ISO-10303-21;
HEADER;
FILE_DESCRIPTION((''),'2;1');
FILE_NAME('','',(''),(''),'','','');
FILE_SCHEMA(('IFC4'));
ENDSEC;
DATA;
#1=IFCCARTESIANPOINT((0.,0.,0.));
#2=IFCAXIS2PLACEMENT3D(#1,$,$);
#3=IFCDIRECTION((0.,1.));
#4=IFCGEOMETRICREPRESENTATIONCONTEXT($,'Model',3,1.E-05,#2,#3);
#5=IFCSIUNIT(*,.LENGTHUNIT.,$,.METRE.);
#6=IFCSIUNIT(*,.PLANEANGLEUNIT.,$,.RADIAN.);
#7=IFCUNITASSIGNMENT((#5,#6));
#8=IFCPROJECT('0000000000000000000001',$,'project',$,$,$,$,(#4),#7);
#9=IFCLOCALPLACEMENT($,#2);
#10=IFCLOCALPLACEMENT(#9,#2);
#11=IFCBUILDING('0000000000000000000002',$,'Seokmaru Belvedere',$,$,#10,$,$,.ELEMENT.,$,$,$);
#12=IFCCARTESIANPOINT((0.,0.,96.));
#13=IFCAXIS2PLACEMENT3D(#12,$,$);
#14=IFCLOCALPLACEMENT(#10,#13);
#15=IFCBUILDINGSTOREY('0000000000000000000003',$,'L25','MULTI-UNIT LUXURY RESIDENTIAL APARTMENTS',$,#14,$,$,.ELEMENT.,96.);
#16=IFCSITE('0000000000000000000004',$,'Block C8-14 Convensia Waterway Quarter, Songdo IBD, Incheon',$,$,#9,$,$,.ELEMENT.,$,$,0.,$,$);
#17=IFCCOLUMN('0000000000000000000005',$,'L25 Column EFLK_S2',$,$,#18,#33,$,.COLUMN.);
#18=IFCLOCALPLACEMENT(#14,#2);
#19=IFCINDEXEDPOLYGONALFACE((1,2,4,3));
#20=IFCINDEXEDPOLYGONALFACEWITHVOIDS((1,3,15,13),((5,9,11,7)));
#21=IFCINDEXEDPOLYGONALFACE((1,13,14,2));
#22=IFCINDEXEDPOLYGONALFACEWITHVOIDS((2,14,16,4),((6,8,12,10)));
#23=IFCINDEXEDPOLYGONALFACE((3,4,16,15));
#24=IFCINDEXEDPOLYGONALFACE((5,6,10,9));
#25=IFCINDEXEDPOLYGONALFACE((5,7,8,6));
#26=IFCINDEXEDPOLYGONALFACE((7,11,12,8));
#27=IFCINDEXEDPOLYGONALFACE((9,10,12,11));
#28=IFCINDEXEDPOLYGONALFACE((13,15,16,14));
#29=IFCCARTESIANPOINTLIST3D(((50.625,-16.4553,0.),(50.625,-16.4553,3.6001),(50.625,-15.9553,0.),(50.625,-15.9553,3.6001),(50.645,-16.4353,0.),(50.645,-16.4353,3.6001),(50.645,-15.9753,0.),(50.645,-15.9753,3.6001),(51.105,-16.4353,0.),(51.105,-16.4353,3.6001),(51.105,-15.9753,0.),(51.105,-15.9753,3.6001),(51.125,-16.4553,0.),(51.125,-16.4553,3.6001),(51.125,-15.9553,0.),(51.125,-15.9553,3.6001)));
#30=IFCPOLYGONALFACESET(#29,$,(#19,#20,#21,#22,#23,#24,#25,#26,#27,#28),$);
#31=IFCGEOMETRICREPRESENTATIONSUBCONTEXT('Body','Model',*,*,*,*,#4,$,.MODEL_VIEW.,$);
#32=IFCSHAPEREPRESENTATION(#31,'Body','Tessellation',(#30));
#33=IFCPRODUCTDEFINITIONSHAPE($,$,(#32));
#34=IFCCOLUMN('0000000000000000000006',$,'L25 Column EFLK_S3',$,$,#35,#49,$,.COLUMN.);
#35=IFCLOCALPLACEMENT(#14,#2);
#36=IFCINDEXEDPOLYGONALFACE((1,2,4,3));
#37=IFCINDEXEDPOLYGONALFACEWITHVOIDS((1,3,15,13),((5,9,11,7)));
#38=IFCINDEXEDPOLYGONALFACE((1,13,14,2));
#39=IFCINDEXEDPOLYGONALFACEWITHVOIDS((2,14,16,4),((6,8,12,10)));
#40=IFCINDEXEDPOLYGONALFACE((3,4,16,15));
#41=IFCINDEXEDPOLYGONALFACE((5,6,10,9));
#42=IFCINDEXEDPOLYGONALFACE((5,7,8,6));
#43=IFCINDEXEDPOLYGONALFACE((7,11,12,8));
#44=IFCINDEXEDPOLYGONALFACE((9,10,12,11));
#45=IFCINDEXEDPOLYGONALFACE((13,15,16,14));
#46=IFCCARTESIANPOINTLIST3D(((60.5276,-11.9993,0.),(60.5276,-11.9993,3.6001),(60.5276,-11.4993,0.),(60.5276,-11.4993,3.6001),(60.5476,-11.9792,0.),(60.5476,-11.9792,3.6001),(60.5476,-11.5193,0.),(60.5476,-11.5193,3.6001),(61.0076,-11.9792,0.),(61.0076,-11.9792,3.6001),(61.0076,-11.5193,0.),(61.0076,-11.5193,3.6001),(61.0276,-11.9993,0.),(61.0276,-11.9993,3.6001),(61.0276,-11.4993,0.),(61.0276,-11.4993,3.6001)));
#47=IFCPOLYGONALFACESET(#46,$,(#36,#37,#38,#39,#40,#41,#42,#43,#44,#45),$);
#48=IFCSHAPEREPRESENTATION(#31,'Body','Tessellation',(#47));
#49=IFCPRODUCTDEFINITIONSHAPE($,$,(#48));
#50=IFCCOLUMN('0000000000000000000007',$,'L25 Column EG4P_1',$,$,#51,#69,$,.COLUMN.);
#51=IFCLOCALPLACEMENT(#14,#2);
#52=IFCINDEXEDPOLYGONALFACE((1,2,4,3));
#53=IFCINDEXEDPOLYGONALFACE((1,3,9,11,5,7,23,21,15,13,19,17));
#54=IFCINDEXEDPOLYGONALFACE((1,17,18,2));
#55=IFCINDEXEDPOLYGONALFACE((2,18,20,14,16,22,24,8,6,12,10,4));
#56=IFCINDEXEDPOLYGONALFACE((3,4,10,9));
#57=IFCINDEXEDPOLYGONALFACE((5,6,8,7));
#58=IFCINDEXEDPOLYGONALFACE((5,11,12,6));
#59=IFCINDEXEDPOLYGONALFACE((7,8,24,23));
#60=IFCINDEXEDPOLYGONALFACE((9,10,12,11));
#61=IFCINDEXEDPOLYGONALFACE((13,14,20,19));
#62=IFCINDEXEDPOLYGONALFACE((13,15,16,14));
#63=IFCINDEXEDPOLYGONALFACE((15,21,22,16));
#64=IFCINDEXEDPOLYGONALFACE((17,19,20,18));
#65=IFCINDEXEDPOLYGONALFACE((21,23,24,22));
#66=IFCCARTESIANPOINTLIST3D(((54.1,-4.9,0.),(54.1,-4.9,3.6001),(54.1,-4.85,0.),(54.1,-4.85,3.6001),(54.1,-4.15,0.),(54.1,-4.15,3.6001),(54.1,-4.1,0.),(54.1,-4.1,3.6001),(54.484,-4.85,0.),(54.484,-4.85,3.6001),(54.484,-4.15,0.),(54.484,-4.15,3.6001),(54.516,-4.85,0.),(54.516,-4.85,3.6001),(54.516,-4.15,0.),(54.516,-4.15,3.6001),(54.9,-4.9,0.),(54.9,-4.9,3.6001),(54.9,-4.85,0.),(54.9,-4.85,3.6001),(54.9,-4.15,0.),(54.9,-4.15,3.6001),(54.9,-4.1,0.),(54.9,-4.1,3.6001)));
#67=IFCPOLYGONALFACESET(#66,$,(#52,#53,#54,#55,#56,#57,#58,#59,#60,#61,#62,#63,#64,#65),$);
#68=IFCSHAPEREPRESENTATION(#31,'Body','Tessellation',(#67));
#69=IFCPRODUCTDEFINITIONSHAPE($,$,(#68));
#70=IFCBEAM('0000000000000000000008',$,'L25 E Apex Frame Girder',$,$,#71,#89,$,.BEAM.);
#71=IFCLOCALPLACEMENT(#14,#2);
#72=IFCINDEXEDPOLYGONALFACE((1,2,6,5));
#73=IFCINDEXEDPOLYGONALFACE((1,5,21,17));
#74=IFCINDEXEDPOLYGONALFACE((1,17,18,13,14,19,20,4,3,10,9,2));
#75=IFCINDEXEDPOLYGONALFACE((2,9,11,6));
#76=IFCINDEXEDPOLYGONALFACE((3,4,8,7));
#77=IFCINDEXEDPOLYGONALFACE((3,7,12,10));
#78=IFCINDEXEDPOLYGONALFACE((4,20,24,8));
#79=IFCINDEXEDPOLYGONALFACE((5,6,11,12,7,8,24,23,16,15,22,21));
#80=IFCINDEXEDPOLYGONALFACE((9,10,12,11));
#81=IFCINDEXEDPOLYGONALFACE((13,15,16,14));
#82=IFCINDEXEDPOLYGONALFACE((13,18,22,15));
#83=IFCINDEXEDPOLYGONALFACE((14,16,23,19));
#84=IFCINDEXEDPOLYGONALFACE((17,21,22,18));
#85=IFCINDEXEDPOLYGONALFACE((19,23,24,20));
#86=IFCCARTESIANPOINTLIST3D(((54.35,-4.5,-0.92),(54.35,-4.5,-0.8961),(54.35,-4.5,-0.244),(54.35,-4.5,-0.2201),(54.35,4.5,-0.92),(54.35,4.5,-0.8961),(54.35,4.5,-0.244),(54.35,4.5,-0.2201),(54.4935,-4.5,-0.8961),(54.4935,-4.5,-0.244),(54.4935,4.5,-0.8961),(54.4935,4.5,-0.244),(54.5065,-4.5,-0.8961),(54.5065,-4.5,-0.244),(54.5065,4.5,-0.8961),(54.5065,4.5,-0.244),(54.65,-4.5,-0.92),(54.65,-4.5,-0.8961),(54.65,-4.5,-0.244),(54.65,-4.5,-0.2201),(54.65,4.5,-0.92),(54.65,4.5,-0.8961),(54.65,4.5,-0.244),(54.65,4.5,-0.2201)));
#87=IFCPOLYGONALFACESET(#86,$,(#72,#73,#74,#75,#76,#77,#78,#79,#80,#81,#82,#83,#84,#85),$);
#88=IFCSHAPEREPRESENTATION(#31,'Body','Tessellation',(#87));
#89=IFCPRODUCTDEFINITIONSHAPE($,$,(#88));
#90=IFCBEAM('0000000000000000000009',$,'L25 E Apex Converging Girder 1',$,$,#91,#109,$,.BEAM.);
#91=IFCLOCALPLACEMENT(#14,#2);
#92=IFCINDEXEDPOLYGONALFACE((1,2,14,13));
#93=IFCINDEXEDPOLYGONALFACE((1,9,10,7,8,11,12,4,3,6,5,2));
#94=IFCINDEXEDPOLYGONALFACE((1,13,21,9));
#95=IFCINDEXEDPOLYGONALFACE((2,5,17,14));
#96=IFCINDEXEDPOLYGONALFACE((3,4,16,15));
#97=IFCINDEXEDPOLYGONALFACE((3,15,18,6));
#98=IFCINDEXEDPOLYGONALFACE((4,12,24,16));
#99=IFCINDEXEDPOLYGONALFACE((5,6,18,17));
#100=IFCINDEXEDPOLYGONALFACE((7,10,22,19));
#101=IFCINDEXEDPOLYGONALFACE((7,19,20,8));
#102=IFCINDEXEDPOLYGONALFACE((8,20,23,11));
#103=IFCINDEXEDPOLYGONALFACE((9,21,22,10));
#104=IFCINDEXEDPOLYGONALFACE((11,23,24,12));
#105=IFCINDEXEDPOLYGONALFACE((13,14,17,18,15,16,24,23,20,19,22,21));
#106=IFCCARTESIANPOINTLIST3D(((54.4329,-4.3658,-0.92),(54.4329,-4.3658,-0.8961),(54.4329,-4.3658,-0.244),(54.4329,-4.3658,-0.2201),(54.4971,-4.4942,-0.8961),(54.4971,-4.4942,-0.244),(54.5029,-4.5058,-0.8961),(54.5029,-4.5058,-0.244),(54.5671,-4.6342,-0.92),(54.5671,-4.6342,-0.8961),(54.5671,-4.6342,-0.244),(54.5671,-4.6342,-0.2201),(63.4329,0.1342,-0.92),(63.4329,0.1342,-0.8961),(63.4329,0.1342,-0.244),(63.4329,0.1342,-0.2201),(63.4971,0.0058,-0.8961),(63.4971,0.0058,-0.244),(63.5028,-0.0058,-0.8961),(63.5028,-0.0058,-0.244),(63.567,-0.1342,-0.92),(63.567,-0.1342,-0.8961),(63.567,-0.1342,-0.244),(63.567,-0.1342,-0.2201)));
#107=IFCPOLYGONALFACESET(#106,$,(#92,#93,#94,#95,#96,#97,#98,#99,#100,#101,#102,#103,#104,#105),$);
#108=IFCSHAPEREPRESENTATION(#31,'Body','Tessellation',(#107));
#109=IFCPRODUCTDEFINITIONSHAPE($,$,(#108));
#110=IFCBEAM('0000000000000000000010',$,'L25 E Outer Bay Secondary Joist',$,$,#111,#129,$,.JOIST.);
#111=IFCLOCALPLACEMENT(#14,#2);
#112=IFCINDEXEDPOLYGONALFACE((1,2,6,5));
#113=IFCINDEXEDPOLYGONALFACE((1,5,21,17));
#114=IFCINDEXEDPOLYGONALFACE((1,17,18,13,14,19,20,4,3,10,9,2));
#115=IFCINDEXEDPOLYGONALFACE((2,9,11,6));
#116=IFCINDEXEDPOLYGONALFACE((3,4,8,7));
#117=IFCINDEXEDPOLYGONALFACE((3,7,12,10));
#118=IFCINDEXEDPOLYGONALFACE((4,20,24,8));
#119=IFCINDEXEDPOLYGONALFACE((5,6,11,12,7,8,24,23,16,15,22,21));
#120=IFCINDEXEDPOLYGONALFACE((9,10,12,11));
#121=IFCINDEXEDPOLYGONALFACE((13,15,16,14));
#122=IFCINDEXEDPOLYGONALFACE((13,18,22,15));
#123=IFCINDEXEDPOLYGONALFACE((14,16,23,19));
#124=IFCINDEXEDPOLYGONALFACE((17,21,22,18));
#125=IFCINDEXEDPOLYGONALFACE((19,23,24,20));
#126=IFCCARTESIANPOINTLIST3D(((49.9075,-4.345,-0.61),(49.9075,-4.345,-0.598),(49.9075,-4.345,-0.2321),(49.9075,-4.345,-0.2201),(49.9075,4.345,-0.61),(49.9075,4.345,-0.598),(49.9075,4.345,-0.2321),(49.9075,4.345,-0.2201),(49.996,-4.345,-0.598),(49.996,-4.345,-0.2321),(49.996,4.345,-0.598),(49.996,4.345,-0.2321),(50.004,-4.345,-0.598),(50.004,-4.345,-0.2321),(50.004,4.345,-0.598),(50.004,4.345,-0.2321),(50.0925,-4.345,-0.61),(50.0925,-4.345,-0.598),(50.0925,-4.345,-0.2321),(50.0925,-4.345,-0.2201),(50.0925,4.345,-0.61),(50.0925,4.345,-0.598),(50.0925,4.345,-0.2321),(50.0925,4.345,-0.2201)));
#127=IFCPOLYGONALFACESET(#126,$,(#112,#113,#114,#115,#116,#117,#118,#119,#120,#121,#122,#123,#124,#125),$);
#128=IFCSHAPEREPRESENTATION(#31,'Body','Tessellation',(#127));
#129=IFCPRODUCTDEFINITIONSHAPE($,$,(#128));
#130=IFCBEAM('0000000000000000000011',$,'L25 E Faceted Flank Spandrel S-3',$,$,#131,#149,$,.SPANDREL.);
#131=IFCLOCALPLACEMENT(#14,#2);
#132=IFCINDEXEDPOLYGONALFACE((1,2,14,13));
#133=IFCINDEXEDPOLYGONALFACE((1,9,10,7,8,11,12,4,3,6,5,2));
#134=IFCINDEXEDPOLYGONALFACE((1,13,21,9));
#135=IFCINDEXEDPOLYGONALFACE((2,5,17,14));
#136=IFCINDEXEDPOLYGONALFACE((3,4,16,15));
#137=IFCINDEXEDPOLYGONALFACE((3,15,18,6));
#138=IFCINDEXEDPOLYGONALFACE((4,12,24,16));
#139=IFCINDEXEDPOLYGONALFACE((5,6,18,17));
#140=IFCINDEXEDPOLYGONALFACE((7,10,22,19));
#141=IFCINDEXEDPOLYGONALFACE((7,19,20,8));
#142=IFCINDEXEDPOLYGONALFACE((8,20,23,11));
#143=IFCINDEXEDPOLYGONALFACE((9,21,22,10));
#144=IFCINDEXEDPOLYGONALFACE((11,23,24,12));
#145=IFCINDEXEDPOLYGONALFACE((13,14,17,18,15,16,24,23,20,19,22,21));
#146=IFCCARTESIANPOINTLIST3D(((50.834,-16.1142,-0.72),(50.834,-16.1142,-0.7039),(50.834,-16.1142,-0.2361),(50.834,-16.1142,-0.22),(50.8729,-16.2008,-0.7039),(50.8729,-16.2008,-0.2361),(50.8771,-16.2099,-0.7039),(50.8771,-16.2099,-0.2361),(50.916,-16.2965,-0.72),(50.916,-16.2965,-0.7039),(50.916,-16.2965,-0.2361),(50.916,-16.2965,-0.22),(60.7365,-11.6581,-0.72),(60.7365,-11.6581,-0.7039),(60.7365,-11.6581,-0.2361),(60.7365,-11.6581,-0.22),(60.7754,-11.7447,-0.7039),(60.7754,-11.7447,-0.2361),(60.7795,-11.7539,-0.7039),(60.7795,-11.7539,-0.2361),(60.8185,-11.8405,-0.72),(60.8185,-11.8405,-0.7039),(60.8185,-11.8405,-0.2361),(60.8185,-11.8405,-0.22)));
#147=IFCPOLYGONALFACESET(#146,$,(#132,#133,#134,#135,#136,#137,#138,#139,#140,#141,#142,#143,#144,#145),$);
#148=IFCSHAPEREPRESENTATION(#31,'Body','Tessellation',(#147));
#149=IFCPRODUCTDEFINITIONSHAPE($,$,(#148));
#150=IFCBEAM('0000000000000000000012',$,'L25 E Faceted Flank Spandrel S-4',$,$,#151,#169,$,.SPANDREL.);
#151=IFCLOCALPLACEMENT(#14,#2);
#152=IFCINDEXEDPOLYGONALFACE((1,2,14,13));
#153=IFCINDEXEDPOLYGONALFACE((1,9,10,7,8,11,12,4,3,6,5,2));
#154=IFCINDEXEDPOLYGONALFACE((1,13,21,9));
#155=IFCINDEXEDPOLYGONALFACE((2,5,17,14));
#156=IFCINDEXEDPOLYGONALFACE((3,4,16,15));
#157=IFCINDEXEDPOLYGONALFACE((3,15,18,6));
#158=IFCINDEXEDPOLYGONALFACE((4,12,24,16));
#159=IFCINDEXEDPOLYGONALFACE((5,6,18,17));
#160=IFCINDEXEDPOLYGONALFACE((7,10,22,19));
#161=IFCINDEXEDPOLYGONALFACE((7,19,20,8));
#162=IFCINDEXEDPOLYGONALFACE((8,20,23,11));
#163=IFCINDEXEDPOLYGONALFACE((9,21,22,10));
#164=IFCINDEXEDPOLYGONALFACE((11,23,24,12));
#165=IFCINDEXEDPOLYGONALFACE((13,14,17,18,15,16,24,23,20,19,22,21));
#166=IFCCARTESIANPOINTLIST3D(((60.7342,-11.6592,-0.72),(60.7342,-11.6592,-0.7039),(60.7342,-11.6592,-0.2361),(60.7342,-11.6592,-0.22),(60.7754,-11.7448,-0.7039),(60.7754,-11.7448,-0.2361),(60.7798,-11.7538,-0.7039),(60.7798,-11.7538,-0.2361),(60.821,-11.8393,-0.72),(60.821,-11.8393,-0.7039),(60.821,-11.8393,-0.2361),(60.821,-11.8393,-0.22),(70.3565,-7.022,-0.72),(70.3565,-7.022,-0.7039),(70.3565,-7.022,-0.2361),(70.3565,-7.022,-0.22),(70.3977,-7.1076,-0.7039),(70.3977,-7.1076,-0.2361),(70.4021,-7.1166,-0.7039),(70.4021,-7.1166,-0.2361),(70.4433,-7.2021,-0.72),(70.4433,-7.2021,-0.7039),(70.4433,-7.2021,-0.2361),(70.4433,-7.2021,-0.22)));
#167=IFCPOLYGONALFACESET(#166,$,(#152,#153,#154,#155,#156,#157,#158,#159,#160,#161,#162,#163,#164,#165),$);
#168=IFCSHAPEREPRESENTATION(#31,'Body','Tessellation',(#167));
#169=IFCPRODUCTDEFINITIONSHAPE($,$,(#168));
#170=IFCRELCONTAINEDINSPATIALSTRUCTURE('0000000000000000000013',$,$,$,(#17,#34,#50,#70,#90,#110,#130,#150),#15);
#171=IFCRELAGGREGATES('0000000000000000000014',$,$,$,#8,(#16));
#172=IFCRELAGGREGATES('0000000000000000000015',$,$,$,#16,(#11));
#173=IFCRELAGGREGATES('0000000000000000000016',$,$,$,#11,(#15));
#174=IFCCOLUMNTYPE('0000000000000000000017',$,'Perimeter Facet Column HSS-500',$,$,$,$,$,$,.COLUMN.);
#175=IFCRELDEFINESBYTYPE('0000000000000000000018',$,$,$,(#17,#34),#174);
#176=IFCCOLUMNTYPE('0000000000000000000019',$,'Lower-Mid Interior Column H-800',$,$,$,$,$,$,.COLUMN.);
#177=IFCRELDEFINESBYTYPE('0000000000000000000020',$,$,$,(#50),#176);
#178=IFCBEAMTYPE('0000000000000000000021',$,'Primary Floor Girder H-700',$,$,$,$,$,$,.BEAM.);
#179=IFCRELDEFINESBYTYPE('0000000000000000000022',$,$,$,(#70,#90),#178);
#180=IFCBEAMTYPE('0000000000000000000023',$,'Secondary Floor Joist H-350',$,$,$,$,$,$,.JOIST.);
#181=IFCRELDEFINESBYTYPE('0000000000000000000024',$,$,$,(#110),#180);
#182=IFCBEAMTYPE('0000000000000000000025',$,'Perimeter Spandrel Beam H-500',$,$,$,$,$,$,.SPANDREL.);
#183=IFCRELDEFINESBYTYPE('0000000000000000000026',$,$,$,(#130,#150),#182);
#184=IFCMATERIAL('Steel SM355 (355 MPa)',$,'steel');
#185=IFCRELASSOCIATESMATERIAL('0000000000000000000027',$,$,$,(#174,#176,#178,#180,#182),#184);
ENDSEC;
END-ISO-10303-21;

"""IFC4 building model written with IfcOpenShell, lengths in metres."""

from ifc_helpers import new_model, si_unit, direction, frame, origin, origin_2d, place, context, subcontext, project, spatial, hollow_rectangle, i_section, extrude, source, transform, mapped, material, material_profile, profile_set, type_object, type_shapes, element, save


model = new_model("IFC4")

# Units and contexts
model_context = context("Model", 3, precision=1e-05, world=origin(), true_north=direction((0.0, 1.0)))
body_context = subcontext(model_context, "Body", "Model", "MODEL_VIEW")
ifc_project = project(units=[si_unit("LENGTHUNIT", "METRE"), si_unit("PLANEANGLEUNIT", "RADIAN")], contexts=[model_context])

# Site, building, storey
site_placement = place(None, origin())
site = spatial("IfcSite", under=ifc_project, at=site_placement, Name="Block C8-14 Convensia Waterway Quarter, Songdo IBD, Incheon", CompositionType="ELEMENT", RefElevation=0.0)
building_placement = place(site_placement, origin())
building = spatial("IfcBuilding", under=site, at=building_placement, Name="Seokmaru Belvedere", CompositionType="ELEMENT")
storey_placement = place(building_placement, frame((0.0, 0.0, 96.0)))
storey = spatial("IfcBuildingStorey", under=building, at=storey_placement, Name="L25", Description="MULTI-UNIT LUXURY RESIDENTIAL APARTMENTS", CompositionType="ELEMENT", Elevation=96.0)

# Columns
ifc_material_1 = material(Name="Steel SM355 (355 MPa)", Category="steel")
ifc_material_profile_1 = material_profile(ifc_material_1, hollow_rectangle(XDim=0.5, YDim=0.5, WallThickness=0.02, at=origin_2d()), Name="HSS-500x500x20")
ifc_profile_set_1 = profile_set([ifc_material_profile_1], Name="Steel SM355 (355 MPa)")
column_type_1 = type_object("IfcColumnType", Name="Perimeter Facet Column HSS-500", PredefinedType="COLUMN", material=ifc_profile_set_1)
shared_shape_1 = source(origin(), body_context, "Body", "SweptSolid", [
    extrude(hollow_rectangle(XDim=0.5, YDim=0.5, WallThickness=0.02, at=origin_2d()), origin(), (0.0, 0.0, 1.0), 3.6001),
])
type_shapes(column_type_1, [shared_shape_1])
for number, where, z_axis, x_axis, name in (
    (1, (50.875, -16.2053, 0.0), (0.0, 0.0, 1.0), (1.0, 0.0, 0.0), "L25 Column EFLK_S2"),
    (2, (60.7776, -11.7493, 0.0), (0.0, 0.0, 1.0), (1.0, 0.0, 0.0), "L25 Column EFLK_S3"),
):
    element("IfcColumn", number, at=place(storey_placement, frame(where, z_axis=z_axis, x_axis=x_axis)), inside=storey, type_object=column_type_1, Name=name, PredefinedType="COLUMN", context=body_context, shape_type="MappedRepresentation", body=[
        mapped(shared_shape_1, transform((0.0, 0.0, 0.0), scale=1.0)),
    ])
ifc_material_profile_2 = material_profile(ifc_material_1, i_section(OverallWidth=0.8, OverallDepth=0.8, WebThickness=0.032, FlangeThickness=0.05, at=origin_2d()), Name="H-800x800x32x50")
ifc_profile_set_2 = profile_set([ifc_material_profile_2], Name="Steel SM355 (355 MPa)")
column_type_2 = type_object("IfcColumnType", Name="Lower-Mid Interior Column H-800", PredefinedType="COLUMN", material=ifc_profile_set_2)
shared_shape_2 = source(origin(), body_context, "Body", "SweptSolid", [
    extrude(i_section(OverallWidth=0.8, OverallDepth=0.8, WebThickness=0.032, FlangeThickness=0.05, at=origin_2d()), origin(), (0.0, 0.0, 1.0), 3.6001),
])
type_shapes(column_type_2, [shared_shape_2])
column_placement = place(storey_placement, frame((54.5, -4.5, 0.0), z_axis=(0.0, 0.0, 1.0), x_axis=(1.0, 0.0, 0.0)))
element("IfcColumn", 3, at=column_placement, inside=storey, type_object=column_type_2, Name="L25 Column EG4P_1", PredefinedType="COLUMN", context=body_context, shape_type="MappedRepresentation", body=[
    mapped(shared_shape_2, transform((0.0, 0.0, 0.0), scale=1.0)),
])

# Beams
ifc_material_profile_3 = material_profile(ifc_material_1, i_section(OverallWidth=0.3, OverallDepth=0.7, WebThickness=0.0129, FlangeThickness=0.0239, at=origin_2d()), Name="H-700x300x13x24")
ifc_profile_set_3 = profile_set([ifc_material_profile_3], Name="Steel SM355 (355 MPa)")
beam_type_1 = type_object("IfcBeamType", Name="Primary Floor Girder H-700", PredefinedType="BEAM", material=ifc_profile_set_3)
shared_shape_3 = source(origin(), body_context, "Body", "SweptSolid", [
    extrude(i_section(OverallWidth=0.3, OverallDepth=0.7, WebThickness=0.0129, FlangeThickness=0.0239, at=origin_2d()), origin(), (0.0, 0.0, 1.0), 9.0),
])
beam_1_placement = place(storey_placement, frame((54.5, -4.5, -0.5701), z_axis=(0.0, 1.0, 0.0), x_axis=(-1.0, 0.0, 0.0)))
element("IfcBeam", 4, at=beam_1_placement, inside=storey, type_object=beam_type_1, Name="L25 E Apex Frame Girder", PredefinedType="BEAM", context=body_context, shape_type="MappedRepresentation", body=[
    mapped(shared_shape_3, transform((0.0, 0.0, 0.0), scale=1.0)),
])
shared_shape_4 = source(origin(), body_context, "Body", "SweptSolid", [
    extrude(i_section(OverallWidth=0.3, OverallDepth=0.7, WebThickness=0.0129, FlangeThickness=0.0239, at=origin_2d()), origin(), (0.0, 0.0, 1.0), 10.0623),
])
beam_2_placement = place(storey_placement, frame((54.5, -4.5, -0.5701), z_axis=(0.894427, 0.447214, 0.0), x_axis=(-0.447214, 0.894427, 0.0)))
element("IfcBeam", 5, at=beam_2_placement, inside=storey, type_object=beam_type_1, Name="L25 E Apex Converging Girder 1", PredefinedType="BEAM", context=body_context, shape_type="MappedRepresentation", body=[
    mapped(shared_shape_4, transform((0.0, 0.0, 0.0), scale=1.0)),
])
ifc_material_profile_4 = material_profile(ifc_material_1, i_section(OverallWidth=0.1851, OverallDepth=0.3899, WebThickness=0.0081, FlangeThickness=0.012, at=origin_2d()), Name="H-390x185x8x12")
ifc_profile_set_4 = profile_set([ifc_material_profile_4], Name="Steel SM355 (355 MPa)")
beam_type_2 = type_object("IfcBeamType", Name="Secondary Floor Joist H-350", PredefinedType="JOIST", material=ifc_profile_set_4)
shared_shape_5 = source(origin(), body_context, "Body", "SweptSolid", [
    extrude(i_section(OverallWidth=0.1851, OverallDepth=0.3899, WebThickness=0.0081, FlangeThickness=0.012, at=origin_2d()), origin(), (0.0, 0.0, 1.0), 8.6899),
])
type_shapes(beam_type_2, [shared_shape_5])
beam_3_placement = place(storey_placement, frame((50.0, -4.345, -0.415), z_axis=(0.0, 1.0, 0.0), x_axis=(-1.0, 0.0, 0.0)))
element("IfcBeam", 6, at=beam_3_placement, inside=storey, type_object=beam_type_2, Name="L25 E Outer Bay Secondary Joist", PredefinedType="JOIST", context=body_context, shape_type="MappedRepresentation", body=[
    mapped(shared_shape_5, transform((0.0, 0.0, 0.0), scale=1.0)),
])
ifc_material_profile_5 = material_profile(ifc_material_1, i_section(OverallWidth=0.2, OverallDepth=0.5, WebThickness=0.01, FlangeThickness=0.0161, at=origin_2d()), Name="H-500x200x10x16")
ifc_profile_set_5 = profile_set([ifc_material_profile_5], Name="Steel SM355 (355 MPa)")
beam_type_3 = type_object("IfcBeamType", Name="Perimeter Spandrel Beam H-500", PredefinedType="SPANDREL", material=ifc_profile_set_5)
shared_shape_6 = source(origin(), body_context, "Body", "SweptSolid", [
    extrude(i_section(OverallWidth=0.2, OverallDepth=0.5, WebThickness=0.01, FlangeThickness=0.0161, at=origin_2d()), origin(), (0.0, 0.0, 1.0), 10.8589),
])
beam_4_placement = place(storey_placement, frame((50.875, -16.2053, -0.47), z_axis=(0.911925, 0.410356, 0.0), x_axis=(-0.410356, 0.911925, 0.0)))
element("IfcBeam", 7, at=beam_4_placement, inside=storey, type_object=beam_type_3, Name="L25 E Faceted Flank Spandrel S-3", PredefinedType="SPANDREL", context=body_context, shape_type="MappedRepresentation", body=[
    mapped(shared_shape_6, transform((0.0, 0.0, 0.0), scale=1.0)),
])
shared_shape_7 = source(origin(), body_context, "Body", "SweptSolid", [
    extrude(i_section(OverallWidth=0.2, OverallDepth=0.5, WebThickness=0.01, FlangeThickness=0.0161, at=origin_2d()), origin(), (0.0, 0.0, 1.0), 10.6814),
])
type_shapes(beam_type_3, [shared_shape_6, shared_shape_7])
beam_5_placement = place(storey_placement, frame((60.7776, -11.7493, -0.47), z_axis=(0.900846, 0.434138, 0.0), x_axis=(-0.434138, 0.900846, 0.0)))
element("IfcBeam", 8, at=beam_5_placement, inside=storey, type_object=beam_type_3, Name="L25 E Faceted Flank Spandrel S-4", PredefinedType="SPANDREL", context=body_context, shape_type="MappedRepresentation", body=[
    mapped(shared_shape_7, transform((0.0, 0.0, 0.0), scale=1.0)),
])

save(model, "model.ifc")
